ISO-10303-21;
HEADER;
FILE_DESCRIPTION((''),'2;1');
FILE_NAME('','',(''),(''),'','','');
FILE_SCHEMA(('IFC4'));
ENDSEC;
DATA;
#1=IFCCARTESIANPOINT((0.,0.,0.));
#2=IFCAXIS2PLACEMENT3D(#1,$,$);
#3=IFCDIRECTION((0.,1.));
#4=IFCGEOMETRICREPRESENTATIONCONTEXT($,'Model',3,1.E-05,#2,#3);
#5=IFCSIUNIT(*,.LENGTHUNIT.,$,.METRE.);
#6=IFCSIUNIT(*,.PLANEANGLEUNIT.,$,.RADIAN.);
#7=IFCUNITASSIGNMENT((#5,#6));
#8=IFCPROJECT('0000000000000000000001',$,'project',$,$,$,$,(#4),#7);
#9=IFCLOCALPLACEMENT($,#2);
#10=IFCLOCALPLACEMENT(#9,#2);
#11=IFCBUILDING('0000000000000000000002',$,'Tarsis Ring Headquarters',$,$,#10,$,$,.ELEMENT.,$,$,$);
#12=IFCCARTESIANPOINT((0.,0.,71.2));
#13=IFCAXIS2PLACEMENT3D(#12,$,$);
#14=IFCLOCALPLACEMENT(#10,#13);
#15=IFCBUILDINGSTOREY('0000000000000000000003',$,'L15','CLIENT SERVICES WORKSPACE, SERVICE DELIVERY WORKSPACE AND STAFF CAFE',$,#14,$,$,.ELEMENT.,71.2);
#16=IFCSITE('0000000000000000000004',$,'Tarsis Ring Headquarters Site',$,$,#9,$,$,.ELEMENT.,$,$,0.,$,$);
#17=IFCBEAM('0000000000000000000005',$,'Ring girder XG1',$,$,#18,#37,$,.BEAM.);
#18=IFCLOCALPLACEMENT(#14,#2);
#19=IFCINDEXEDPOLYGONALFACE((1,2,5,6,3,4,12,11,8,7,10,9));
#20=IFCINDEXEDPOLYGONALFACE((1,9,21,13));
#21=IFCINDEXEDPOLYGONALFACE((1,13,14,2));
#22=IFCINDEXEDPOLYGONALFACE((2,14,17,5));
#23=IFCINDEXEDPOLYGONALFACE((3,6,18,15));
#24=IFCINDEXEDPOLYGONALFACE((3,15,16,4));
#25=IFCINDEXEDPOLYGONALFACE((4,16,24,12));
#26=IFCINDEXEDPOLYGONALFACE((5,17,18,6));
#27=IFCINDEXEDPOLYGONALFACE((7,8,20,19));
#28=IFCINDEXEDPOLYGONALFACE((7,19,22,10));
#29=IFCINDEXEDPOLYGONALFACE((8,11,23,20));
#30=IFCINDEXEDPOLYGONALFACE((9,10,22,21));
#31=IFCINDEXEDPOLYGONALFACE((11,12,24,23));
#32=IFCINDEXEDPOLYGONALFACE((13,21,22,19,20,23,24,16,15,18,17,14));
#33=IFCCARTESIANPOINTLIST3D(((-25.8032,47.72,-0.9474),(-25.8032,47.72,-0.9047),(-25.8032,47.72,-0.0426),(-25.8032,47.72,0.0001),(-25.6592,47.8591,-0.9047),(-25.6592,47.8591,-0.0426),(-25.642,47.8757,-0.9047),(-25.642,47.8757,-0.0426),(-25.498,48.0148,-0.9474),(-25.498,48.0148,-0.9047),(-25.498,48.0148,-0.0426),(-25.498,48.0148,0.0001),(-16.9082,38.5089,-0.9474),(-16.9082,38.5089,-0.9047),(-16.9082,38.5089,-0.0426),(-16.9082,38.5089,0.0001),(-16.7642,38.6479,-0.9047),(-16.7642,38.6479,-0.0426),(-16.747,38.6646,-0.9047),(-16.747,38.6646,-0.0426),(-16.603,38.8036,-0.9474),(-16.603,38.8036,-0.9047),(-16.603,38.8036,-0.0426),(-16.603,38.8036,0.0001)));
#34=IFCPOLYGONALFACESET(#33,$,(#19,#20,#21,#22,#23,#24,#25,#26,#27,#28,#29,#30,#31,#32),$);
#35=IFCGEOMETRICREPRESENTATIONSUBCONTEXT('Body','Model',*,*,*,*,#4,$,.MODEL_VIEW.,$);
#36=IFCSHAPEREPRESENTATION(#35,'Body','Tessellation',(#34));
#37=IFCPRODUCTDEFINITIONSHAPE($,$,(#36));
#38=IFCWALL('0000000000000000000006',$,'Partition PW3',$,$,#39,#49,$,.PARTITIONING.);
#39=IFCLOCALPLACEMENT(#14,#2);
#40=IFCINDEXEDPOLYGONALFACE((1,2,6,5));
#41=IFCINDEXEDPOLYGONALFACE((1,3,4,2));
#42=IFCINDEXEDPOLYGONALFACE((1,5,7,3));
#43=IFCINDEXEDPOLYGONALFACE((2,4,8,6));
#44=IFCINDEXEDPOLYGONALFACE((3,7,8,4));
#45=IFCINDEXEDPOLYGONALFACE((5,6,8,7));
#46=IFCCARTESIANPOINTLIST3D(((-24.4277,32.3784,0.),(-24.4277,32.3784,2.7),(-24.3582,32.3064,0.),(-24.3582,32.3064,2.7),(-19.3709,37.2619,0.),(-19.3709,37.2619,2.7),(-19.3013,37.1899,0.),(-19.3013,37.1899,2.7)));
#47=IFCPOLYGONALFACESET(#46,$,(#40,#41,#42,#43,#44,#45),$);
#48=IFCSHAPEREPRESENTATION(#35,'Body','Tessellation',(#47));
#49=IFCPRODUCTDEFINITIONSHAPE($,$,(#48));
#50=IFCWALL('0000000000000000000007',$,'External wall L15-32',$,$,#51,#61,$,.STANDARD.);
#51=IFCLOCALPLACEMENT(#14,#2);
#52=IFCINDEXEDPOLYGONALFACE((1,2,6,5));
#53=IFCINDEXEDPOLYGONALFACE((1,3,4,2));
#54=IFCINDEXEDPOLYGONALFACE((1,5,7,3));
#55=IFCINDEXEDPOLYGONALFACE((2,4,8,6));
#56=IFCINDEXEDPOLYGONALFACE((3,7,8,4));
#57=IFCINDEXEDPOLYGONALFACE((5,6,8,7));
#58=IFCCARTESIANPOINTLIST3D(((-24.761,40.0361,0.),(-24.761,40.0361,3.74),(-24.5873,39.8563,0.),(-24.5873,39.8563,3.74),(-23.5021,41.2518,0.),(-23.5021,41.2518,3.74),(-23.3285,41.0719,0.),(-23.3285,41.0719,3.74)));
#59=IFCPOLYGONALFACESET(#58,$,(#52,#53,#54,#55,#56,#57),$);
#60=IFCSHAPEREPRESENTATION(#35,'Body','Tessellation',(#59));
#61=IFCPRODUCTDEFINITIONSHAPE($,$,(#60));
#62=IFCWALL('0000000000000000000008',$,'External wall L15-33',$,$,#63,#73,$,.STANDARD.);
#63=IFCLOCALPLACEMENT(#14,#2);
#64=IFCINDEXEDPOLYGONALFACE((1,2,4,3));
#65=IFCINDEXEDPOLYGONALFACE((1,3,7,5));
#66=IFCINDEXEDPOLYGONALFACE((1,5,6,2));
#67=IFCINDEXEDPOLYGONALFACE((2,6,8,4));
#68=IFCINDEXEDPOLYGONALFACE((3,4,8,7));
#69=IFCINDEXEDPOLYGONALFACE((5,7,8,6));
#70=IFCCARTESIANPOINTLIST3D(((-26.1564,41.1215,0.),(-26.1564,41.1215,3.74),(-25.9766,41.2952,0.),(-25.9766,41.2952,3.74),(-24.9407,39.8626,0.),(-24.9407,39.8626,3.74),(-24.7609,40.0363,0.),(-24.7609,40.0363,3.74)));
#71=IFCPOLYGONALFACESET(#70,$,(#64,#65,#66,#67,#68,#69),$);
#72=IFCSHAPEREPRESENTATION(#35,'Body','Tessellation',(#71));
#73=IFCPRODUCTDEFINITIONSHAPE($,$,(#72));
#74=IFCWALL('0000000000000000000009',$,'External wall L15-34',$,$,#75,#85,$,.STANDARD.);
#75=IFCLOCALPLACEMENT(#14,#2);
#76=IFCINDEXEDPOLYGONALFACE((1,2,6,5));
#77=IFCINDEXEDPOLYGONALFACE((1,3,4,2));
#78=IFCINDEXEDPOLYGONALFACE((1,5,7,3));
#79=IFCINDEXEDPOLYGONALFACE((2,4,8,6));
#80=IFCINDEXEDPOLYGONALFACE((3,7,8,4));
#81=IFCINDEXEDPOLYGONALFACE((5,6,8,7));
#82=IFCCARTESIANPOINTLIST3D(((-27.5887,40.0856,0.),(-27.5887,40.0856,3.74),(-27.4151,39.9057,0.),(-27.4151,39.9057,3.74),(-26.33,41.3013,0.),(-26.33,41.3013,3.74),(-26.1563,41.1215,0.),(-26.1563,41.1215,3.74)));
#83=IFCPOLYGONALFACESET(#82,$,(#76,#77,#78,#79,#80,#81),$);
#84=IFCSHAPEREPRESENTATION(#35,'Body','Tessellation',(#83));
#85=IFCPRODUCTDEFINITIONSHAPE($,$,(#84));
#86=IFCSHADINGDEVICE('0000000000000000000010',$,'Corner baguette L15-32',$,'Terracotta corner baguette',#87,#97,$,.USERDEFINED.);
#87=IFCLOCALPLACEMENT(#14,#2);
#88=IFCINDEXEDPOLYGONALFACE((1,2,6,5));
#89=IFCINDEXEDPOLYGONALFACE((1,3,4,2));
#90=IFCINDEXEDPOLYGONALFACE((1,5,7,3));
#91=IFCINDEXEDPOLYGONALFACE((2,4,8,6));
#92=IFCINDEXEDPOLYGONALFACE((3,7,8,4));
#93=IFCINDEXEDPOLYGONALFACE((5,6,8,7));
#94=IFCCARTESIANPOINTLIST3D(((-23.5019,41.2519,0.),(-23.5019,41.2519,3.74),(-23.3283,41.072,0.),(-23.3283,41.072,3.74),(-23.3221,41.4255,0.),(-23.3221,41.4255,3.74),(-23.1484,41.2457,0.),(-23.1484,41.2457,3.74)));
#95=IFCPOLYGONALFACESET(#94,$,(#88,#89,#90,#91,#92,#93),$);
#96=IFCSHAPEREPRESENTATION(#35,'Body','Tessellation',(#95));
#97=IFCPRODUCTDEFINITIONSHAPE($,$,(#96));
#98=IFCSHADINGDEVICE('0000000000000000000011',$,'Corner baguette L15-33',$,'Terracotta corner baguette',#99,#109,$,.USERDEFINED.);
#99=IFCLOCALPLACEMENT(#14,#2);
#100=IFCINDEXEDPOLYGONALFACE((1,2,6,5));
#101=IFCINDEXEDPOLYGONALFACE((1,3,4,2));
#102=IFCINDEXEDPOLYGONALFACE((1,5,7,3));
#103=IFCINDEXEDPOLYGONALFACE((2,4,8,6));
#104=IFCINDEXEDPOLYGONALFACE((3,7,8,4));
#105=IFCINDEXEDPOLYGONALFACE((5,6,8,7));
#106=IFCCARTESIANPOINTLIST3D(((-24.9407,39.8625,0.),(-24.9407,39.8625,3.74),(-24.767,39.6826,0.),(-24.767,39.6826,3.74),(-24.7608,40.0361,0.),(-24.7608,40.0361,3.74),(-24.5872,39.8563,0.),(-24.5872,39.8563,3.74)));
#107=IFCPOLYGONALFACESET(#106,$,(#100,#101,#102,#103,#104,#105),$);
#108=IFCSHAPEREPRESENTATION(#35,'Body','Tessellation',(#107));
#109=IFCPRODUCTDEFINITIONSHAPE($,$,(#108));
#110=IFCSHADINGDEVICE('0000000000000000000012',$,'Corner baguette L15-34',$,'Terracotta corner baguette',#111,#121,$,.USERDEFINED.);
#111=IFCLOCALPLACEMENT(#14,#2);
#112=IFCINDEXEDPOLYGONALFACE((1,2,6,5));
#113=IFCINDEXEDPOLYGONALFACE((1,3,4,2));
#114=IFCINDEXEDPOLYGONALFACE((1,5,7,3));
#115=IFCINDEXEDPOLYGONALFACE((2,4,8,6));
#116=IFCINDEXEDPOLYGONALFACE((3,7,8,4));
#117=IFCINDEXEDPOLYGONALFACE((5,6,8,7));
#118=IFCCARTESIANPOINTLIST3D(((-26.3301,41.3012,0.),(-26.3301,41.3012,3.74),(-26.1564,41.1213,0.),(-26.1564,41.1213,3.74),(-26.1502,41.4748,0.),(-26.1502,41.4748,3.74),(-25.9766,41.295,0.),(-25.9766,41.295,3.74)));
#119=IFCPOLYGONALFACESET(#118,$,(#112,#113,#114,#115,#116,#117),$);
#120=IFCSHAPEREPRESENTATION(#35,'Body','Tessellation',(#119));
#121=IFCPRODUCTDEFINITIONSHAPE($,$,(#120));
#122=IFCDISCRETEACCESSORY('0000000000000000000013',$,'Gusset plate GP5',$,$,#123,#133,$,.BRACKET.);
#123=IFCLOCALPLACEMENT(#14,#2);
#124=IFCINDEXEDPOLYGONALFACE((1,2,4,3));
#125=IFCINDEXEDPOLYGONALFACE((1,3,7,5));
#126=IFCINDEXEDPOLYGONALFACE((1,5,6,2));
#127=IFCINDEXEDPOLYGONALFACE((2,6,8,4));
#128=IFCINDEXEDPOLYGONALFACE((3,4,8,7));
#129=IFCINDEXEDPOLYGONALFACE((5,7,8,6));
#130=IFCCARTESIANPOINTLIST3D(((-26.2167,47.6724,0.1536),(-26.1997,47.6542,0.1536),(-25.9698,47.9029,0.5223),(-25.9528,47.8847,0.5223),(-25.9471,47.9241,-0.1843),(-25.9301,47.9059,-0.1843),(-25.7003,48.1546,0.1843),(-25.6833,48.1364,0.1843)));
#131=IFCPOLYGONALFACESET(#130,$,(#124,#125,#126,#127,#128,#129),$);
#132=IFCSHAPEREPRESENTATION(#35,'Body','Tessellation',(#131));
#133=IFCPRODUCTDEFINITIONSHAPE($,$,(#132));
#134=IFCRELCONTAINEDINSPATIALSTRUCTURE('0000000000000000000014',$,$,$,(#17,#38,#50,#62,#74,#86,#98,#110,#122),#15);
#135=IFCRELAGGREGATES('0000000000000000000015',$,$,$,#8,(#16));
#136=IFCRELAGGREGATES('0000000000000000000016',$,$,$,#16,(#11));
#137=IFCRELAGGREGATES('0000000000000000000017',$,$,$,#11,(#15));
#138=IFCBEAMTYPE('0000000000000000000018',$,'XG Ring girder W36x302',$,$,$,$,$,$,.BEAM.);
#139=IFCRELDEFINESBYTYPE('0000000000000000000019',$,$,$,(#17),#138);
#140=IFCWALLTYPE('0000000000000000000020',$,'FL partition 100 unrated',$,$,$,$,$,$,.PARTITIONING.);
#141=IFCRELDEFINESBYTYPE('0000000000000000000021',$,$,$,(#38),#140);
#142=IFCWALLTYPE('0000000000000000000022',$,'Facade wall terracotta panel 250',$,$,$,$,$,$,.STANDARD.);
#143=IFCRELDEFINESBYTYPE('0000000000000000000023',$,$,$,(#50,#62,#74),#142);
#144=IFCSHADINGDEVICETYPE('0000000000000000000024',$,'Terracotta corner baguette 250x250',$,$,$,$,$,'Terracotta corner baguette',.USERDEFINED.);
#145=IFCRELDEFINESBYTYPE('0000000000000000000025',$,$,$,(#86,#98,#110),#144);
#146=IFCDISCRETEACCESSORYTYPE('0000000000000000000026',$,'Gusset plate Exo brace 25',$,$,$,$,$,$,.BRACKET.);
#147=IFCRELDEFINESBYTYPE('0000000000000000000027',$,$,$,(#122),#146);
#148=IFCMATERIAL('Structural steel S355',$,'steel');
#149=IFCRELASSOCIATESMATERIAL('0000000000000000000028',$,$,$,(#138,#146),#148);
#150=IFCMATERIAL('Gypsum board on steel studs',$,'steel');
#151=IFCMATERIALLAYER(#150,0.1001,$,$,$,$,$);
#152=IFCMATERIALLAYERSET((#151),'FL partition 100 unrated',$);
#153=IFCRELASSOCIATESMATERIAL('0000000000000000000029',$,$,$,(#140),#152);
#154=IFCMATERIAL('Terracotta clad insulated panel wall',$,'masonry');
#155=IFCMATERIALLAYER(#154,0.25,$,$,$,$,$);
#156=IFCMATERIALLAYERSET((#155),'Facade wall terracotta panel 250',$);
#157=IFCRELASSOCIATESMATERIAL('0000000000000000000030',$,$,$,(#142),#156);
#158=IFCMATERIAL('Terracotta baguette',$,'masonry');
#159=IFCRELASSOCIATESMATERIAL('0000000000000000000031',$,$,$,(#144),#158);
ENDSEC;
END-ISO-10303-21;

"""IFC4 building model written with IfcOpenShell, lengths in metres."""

from ifc_helpers import new_model, si_unit, direction, frame, frame_2d, origin, origin_2d, place, context, subcontext, project, spatial, rectangle, i_section, extrude, material, layer, layer_set, material_profile, profile_set, type_object, element, save


model = new_model("IFC4")

# Units and contexts
model_context = context("Model", 3, precision=1e-05, world=origin(), true_north=direction((0.0, 1.0)))
body_context = subcontext(model_context, "Body", "Model", "MODEL_VIEW")
ifc_project = project(units=[si_unit("LENGTHUNIT", "METRE"), si_unit("PLANEANGLEUNIT", "RADIAN")], contexts=[model_context])

# Site, building, storey
site_placement = place(None, origin())
site = spatial("IfcSite", under=ifc_project, at=site_placement, Name="Tarsis Ring Headquarters Site", CompositionType="ELEMENT", RefElevation=0.0)
building_placement = place(site_placement, origin())
building = spatial("IfcBuilding", under=site, at=building_placement, Name="Tarsis Ring Headquarters", CompositionType="ELEMENT")
storey_placement = place(building_placement, frame((0.0, 0.0, 71.2)))
storey = spatial("IfcBuildingStorey", under=building, at=storey_placement, Name="L15", Description="CLIENT SERVICES WORKSPACE, SERVICE DELIVERY WORKSPACE AND STAFF CAFE", CompositionType="ELEMENT", Elevation=71.2)

# Shared definitions
ifc_material_1 = material(Name="Structural steel S355", Category="steel")

# Beam
ifc_material_profile_1 = material_profile(ifc_material_1, i_section(OverallWidth=0.4243, OverallDepth=0.9475, WebThickness=0.0239, FlangeThickness=0.0427, at=origin_2d()), Name="W36x302")
ifc_profile_set_1 = profile_set([ifc_material_profile_1], Name="Structural steel S355")
beam_type_1 = type_object("IfcBeamType", Name="XG Ring girder W36x302", PredefinedType="BEAM", material=ifc_profile_set_1)
beam_1_placement = place(storey_placement, frame((-16.7556, 38.6562, -0.4736), z_axis=(-0.694654, 0.719344, 0.0), x_axis=(-0.719344, -0.694654, 0.0)))
element("IfcBeam", 1, at=beam_1_placement, inside=storey, type_object=beam_type_1, Name="Ring girder XG1", PredefinedType="BEAM", context=body_context, shape_type="SweptSolid", body=[
    extrude(i_section(OverallWidth=0.4243, OverallDepth=0.9475, WebThickness=0.0239, FlangeThickness=0.0427, at=origin_2d()), origin(), (0.0, 0.0, 1.0), 12.8049),
])

# Walls
ifc_material_2 = material(Name="Gypsum board on steel studs", Category="steel")
ifc_layer_1 = layer(ifc_material_2, 0.1001)
ifc_layer_set_1 = layer_set([ifc_layer_1], Name="FL partition 100 unrated")
wall_type_1 = type_object("IfcWallType", Name="FL partition 100 unrated", PredefinedType="PARTITIONING", material=ifc_layer_set_1)
wall_placement = place(storey_placement, frame((-24.3931, 32.3423, 0.0), z_axis=(0.0, 0.0, 1.0), x_axis=(0.719328, 0.694671, 0.0)))
element("IfcWall", 2, at=wall_placement, inside=storey, type_object=wall_type_1, Name="Partition PW3", PredefinedType="PARTITIONING", context=body_context, shape_type="SweptSolid", body=[
    extrude(rectangle(XDim=7.03, YDim=0.1001, at=frame_2d((3.5151, 0.0))), origin(), (0.0, 0.0, 1.0), 2.7),
])
ifc_material_3 = material(Name="Terracotta clad insulated panel wall", Category="masonry")
ifc_layer_2 = layer(ifc_material_3, 0.25)
ifc_layer_set_2 = layer_set([ifc_layer_2], Name="Facade wall terracotta panel 250")
wall_type_2 = type_object("IfcWallType", Name="Facade wall terracotta panel 250", PredefinedType="STANDARD", material=ifc_layer_set_2)
for number, where, z_axis, x_axis, name in (
    (3, (-23.4153, 41.1619, 0.0), (0.0, 0.0, 1.0), (-0.719346, -0.694652, 0.0), "External wall L15-32"),
    (4, (-24.8508, 39.9495, 0.0), (0.0, 0.0, 1.0), (-0.694652, 0.719346, 0.0), "External wall L15-33"),
    (5, (-26.2432, 41.2114, 0.0), (0.0, 0.0, 1.0), (-0.719276, -0.694724, 0.0), "External wall L15-34"),
):
    element("IfcWall", number, at=place(storey_placement, frame(where, z_axis=z_axis, x_axis=x_axis)), inside=storey, type_object=wall_type_2, Name=name, PredefinedType="STANDARD", context=body_context, shape_type="SweptSolid", body=[
        extrude(rectangle(XDim=1.75, YDim=0.25, at=frame_2d((0.875, 0.0))), origin(), (0.0, 0.0, 1.0), 3.74),
    ])

# Shading devices
ifc_material_4 = material(Name="Terracotta baguette", Category="masonry")
shading_device_type_1 = type_object("IfcShadingDeviceType", Name="Terracotta corner baguette 250x250", ElementType="Terracotta corner baguette", PredefinedType="USERDEFINED", material=ifc_material_4)
for number, where, z_axis, x_axis, name in (
    (6, (-23.3252, 41.2488, 0.0), (0.0, 0.0, 1.0), (-0.694658, 0.71934, 0.0), "Corner baguette L15-32"),
    (7, (-24.7639, 39.8594, 0.0), (0.0, 0.0, 1.0), (-0.71934, -0.694659, 0.0), "Corner baguette L15-33"),
    (8, (-26.1533, 41.2981, 0.0), (0.0, 0.0, 1.0), (-0.694658, 0.71934, 0.0), "Corner baguette L15-34"),
):
    element("IfcShadingDevice", number, at=place(storey_placement, frame(where, z_axis=z_axis, x_axis=x_axis)), inside=storey, type_object=shading_device_type_1, Name=name, ObjectType="Terracotta corner baguette", PredefinedType="USERDEFINED", context=body_context, shape_type="SweptSolid", body=[
        extrude(rectangle(XDim=0.25, YDim=0.25, at=origin_2d()), origin(), (0.0, 0.0, 1.0), 3.74),
    ])

# Discrete accessory
ifc_material_profile_2 = material_profile(ifc_material_1, rectangle(XDim=0.0249, YDim=0.5, at=origin_2d()), Name="PL 25x500")
ifc_profile_set_2 = profile_set([ifc_material_profile_2], Name="Structural steel S355")
discrete_accessory_type = type_object("IfcDiscreteAccessoryType", Name="Gusset plate Exo brace 25", PredefinedType="BRACKET", material=ifc_profile_set_2)
discrete_accessory_placement = place(storey_placement, frame((-25.8152, 48.0303, 0.0), z_axis=(-0.538874, -0.503242, 0.675545), x_axis=(0.682531, -0.730857, 0.0)))
element("IfcDiscreteAccessory", 9, at=discrete_accessory_placement, inside=storey, type_object=discrete_accessory_type, Name="Gusset plate GP5", PredefinedType="BRACKET", context=body_context, shape_type="SweptSolid", body=[
    extrude(rectangle(XDim=0.0249, YDim=0.5, at=origin_2d()), origin(), (0.0, 0.0, 1.0), 0.5002),
])

save(model, "model.ifc")
